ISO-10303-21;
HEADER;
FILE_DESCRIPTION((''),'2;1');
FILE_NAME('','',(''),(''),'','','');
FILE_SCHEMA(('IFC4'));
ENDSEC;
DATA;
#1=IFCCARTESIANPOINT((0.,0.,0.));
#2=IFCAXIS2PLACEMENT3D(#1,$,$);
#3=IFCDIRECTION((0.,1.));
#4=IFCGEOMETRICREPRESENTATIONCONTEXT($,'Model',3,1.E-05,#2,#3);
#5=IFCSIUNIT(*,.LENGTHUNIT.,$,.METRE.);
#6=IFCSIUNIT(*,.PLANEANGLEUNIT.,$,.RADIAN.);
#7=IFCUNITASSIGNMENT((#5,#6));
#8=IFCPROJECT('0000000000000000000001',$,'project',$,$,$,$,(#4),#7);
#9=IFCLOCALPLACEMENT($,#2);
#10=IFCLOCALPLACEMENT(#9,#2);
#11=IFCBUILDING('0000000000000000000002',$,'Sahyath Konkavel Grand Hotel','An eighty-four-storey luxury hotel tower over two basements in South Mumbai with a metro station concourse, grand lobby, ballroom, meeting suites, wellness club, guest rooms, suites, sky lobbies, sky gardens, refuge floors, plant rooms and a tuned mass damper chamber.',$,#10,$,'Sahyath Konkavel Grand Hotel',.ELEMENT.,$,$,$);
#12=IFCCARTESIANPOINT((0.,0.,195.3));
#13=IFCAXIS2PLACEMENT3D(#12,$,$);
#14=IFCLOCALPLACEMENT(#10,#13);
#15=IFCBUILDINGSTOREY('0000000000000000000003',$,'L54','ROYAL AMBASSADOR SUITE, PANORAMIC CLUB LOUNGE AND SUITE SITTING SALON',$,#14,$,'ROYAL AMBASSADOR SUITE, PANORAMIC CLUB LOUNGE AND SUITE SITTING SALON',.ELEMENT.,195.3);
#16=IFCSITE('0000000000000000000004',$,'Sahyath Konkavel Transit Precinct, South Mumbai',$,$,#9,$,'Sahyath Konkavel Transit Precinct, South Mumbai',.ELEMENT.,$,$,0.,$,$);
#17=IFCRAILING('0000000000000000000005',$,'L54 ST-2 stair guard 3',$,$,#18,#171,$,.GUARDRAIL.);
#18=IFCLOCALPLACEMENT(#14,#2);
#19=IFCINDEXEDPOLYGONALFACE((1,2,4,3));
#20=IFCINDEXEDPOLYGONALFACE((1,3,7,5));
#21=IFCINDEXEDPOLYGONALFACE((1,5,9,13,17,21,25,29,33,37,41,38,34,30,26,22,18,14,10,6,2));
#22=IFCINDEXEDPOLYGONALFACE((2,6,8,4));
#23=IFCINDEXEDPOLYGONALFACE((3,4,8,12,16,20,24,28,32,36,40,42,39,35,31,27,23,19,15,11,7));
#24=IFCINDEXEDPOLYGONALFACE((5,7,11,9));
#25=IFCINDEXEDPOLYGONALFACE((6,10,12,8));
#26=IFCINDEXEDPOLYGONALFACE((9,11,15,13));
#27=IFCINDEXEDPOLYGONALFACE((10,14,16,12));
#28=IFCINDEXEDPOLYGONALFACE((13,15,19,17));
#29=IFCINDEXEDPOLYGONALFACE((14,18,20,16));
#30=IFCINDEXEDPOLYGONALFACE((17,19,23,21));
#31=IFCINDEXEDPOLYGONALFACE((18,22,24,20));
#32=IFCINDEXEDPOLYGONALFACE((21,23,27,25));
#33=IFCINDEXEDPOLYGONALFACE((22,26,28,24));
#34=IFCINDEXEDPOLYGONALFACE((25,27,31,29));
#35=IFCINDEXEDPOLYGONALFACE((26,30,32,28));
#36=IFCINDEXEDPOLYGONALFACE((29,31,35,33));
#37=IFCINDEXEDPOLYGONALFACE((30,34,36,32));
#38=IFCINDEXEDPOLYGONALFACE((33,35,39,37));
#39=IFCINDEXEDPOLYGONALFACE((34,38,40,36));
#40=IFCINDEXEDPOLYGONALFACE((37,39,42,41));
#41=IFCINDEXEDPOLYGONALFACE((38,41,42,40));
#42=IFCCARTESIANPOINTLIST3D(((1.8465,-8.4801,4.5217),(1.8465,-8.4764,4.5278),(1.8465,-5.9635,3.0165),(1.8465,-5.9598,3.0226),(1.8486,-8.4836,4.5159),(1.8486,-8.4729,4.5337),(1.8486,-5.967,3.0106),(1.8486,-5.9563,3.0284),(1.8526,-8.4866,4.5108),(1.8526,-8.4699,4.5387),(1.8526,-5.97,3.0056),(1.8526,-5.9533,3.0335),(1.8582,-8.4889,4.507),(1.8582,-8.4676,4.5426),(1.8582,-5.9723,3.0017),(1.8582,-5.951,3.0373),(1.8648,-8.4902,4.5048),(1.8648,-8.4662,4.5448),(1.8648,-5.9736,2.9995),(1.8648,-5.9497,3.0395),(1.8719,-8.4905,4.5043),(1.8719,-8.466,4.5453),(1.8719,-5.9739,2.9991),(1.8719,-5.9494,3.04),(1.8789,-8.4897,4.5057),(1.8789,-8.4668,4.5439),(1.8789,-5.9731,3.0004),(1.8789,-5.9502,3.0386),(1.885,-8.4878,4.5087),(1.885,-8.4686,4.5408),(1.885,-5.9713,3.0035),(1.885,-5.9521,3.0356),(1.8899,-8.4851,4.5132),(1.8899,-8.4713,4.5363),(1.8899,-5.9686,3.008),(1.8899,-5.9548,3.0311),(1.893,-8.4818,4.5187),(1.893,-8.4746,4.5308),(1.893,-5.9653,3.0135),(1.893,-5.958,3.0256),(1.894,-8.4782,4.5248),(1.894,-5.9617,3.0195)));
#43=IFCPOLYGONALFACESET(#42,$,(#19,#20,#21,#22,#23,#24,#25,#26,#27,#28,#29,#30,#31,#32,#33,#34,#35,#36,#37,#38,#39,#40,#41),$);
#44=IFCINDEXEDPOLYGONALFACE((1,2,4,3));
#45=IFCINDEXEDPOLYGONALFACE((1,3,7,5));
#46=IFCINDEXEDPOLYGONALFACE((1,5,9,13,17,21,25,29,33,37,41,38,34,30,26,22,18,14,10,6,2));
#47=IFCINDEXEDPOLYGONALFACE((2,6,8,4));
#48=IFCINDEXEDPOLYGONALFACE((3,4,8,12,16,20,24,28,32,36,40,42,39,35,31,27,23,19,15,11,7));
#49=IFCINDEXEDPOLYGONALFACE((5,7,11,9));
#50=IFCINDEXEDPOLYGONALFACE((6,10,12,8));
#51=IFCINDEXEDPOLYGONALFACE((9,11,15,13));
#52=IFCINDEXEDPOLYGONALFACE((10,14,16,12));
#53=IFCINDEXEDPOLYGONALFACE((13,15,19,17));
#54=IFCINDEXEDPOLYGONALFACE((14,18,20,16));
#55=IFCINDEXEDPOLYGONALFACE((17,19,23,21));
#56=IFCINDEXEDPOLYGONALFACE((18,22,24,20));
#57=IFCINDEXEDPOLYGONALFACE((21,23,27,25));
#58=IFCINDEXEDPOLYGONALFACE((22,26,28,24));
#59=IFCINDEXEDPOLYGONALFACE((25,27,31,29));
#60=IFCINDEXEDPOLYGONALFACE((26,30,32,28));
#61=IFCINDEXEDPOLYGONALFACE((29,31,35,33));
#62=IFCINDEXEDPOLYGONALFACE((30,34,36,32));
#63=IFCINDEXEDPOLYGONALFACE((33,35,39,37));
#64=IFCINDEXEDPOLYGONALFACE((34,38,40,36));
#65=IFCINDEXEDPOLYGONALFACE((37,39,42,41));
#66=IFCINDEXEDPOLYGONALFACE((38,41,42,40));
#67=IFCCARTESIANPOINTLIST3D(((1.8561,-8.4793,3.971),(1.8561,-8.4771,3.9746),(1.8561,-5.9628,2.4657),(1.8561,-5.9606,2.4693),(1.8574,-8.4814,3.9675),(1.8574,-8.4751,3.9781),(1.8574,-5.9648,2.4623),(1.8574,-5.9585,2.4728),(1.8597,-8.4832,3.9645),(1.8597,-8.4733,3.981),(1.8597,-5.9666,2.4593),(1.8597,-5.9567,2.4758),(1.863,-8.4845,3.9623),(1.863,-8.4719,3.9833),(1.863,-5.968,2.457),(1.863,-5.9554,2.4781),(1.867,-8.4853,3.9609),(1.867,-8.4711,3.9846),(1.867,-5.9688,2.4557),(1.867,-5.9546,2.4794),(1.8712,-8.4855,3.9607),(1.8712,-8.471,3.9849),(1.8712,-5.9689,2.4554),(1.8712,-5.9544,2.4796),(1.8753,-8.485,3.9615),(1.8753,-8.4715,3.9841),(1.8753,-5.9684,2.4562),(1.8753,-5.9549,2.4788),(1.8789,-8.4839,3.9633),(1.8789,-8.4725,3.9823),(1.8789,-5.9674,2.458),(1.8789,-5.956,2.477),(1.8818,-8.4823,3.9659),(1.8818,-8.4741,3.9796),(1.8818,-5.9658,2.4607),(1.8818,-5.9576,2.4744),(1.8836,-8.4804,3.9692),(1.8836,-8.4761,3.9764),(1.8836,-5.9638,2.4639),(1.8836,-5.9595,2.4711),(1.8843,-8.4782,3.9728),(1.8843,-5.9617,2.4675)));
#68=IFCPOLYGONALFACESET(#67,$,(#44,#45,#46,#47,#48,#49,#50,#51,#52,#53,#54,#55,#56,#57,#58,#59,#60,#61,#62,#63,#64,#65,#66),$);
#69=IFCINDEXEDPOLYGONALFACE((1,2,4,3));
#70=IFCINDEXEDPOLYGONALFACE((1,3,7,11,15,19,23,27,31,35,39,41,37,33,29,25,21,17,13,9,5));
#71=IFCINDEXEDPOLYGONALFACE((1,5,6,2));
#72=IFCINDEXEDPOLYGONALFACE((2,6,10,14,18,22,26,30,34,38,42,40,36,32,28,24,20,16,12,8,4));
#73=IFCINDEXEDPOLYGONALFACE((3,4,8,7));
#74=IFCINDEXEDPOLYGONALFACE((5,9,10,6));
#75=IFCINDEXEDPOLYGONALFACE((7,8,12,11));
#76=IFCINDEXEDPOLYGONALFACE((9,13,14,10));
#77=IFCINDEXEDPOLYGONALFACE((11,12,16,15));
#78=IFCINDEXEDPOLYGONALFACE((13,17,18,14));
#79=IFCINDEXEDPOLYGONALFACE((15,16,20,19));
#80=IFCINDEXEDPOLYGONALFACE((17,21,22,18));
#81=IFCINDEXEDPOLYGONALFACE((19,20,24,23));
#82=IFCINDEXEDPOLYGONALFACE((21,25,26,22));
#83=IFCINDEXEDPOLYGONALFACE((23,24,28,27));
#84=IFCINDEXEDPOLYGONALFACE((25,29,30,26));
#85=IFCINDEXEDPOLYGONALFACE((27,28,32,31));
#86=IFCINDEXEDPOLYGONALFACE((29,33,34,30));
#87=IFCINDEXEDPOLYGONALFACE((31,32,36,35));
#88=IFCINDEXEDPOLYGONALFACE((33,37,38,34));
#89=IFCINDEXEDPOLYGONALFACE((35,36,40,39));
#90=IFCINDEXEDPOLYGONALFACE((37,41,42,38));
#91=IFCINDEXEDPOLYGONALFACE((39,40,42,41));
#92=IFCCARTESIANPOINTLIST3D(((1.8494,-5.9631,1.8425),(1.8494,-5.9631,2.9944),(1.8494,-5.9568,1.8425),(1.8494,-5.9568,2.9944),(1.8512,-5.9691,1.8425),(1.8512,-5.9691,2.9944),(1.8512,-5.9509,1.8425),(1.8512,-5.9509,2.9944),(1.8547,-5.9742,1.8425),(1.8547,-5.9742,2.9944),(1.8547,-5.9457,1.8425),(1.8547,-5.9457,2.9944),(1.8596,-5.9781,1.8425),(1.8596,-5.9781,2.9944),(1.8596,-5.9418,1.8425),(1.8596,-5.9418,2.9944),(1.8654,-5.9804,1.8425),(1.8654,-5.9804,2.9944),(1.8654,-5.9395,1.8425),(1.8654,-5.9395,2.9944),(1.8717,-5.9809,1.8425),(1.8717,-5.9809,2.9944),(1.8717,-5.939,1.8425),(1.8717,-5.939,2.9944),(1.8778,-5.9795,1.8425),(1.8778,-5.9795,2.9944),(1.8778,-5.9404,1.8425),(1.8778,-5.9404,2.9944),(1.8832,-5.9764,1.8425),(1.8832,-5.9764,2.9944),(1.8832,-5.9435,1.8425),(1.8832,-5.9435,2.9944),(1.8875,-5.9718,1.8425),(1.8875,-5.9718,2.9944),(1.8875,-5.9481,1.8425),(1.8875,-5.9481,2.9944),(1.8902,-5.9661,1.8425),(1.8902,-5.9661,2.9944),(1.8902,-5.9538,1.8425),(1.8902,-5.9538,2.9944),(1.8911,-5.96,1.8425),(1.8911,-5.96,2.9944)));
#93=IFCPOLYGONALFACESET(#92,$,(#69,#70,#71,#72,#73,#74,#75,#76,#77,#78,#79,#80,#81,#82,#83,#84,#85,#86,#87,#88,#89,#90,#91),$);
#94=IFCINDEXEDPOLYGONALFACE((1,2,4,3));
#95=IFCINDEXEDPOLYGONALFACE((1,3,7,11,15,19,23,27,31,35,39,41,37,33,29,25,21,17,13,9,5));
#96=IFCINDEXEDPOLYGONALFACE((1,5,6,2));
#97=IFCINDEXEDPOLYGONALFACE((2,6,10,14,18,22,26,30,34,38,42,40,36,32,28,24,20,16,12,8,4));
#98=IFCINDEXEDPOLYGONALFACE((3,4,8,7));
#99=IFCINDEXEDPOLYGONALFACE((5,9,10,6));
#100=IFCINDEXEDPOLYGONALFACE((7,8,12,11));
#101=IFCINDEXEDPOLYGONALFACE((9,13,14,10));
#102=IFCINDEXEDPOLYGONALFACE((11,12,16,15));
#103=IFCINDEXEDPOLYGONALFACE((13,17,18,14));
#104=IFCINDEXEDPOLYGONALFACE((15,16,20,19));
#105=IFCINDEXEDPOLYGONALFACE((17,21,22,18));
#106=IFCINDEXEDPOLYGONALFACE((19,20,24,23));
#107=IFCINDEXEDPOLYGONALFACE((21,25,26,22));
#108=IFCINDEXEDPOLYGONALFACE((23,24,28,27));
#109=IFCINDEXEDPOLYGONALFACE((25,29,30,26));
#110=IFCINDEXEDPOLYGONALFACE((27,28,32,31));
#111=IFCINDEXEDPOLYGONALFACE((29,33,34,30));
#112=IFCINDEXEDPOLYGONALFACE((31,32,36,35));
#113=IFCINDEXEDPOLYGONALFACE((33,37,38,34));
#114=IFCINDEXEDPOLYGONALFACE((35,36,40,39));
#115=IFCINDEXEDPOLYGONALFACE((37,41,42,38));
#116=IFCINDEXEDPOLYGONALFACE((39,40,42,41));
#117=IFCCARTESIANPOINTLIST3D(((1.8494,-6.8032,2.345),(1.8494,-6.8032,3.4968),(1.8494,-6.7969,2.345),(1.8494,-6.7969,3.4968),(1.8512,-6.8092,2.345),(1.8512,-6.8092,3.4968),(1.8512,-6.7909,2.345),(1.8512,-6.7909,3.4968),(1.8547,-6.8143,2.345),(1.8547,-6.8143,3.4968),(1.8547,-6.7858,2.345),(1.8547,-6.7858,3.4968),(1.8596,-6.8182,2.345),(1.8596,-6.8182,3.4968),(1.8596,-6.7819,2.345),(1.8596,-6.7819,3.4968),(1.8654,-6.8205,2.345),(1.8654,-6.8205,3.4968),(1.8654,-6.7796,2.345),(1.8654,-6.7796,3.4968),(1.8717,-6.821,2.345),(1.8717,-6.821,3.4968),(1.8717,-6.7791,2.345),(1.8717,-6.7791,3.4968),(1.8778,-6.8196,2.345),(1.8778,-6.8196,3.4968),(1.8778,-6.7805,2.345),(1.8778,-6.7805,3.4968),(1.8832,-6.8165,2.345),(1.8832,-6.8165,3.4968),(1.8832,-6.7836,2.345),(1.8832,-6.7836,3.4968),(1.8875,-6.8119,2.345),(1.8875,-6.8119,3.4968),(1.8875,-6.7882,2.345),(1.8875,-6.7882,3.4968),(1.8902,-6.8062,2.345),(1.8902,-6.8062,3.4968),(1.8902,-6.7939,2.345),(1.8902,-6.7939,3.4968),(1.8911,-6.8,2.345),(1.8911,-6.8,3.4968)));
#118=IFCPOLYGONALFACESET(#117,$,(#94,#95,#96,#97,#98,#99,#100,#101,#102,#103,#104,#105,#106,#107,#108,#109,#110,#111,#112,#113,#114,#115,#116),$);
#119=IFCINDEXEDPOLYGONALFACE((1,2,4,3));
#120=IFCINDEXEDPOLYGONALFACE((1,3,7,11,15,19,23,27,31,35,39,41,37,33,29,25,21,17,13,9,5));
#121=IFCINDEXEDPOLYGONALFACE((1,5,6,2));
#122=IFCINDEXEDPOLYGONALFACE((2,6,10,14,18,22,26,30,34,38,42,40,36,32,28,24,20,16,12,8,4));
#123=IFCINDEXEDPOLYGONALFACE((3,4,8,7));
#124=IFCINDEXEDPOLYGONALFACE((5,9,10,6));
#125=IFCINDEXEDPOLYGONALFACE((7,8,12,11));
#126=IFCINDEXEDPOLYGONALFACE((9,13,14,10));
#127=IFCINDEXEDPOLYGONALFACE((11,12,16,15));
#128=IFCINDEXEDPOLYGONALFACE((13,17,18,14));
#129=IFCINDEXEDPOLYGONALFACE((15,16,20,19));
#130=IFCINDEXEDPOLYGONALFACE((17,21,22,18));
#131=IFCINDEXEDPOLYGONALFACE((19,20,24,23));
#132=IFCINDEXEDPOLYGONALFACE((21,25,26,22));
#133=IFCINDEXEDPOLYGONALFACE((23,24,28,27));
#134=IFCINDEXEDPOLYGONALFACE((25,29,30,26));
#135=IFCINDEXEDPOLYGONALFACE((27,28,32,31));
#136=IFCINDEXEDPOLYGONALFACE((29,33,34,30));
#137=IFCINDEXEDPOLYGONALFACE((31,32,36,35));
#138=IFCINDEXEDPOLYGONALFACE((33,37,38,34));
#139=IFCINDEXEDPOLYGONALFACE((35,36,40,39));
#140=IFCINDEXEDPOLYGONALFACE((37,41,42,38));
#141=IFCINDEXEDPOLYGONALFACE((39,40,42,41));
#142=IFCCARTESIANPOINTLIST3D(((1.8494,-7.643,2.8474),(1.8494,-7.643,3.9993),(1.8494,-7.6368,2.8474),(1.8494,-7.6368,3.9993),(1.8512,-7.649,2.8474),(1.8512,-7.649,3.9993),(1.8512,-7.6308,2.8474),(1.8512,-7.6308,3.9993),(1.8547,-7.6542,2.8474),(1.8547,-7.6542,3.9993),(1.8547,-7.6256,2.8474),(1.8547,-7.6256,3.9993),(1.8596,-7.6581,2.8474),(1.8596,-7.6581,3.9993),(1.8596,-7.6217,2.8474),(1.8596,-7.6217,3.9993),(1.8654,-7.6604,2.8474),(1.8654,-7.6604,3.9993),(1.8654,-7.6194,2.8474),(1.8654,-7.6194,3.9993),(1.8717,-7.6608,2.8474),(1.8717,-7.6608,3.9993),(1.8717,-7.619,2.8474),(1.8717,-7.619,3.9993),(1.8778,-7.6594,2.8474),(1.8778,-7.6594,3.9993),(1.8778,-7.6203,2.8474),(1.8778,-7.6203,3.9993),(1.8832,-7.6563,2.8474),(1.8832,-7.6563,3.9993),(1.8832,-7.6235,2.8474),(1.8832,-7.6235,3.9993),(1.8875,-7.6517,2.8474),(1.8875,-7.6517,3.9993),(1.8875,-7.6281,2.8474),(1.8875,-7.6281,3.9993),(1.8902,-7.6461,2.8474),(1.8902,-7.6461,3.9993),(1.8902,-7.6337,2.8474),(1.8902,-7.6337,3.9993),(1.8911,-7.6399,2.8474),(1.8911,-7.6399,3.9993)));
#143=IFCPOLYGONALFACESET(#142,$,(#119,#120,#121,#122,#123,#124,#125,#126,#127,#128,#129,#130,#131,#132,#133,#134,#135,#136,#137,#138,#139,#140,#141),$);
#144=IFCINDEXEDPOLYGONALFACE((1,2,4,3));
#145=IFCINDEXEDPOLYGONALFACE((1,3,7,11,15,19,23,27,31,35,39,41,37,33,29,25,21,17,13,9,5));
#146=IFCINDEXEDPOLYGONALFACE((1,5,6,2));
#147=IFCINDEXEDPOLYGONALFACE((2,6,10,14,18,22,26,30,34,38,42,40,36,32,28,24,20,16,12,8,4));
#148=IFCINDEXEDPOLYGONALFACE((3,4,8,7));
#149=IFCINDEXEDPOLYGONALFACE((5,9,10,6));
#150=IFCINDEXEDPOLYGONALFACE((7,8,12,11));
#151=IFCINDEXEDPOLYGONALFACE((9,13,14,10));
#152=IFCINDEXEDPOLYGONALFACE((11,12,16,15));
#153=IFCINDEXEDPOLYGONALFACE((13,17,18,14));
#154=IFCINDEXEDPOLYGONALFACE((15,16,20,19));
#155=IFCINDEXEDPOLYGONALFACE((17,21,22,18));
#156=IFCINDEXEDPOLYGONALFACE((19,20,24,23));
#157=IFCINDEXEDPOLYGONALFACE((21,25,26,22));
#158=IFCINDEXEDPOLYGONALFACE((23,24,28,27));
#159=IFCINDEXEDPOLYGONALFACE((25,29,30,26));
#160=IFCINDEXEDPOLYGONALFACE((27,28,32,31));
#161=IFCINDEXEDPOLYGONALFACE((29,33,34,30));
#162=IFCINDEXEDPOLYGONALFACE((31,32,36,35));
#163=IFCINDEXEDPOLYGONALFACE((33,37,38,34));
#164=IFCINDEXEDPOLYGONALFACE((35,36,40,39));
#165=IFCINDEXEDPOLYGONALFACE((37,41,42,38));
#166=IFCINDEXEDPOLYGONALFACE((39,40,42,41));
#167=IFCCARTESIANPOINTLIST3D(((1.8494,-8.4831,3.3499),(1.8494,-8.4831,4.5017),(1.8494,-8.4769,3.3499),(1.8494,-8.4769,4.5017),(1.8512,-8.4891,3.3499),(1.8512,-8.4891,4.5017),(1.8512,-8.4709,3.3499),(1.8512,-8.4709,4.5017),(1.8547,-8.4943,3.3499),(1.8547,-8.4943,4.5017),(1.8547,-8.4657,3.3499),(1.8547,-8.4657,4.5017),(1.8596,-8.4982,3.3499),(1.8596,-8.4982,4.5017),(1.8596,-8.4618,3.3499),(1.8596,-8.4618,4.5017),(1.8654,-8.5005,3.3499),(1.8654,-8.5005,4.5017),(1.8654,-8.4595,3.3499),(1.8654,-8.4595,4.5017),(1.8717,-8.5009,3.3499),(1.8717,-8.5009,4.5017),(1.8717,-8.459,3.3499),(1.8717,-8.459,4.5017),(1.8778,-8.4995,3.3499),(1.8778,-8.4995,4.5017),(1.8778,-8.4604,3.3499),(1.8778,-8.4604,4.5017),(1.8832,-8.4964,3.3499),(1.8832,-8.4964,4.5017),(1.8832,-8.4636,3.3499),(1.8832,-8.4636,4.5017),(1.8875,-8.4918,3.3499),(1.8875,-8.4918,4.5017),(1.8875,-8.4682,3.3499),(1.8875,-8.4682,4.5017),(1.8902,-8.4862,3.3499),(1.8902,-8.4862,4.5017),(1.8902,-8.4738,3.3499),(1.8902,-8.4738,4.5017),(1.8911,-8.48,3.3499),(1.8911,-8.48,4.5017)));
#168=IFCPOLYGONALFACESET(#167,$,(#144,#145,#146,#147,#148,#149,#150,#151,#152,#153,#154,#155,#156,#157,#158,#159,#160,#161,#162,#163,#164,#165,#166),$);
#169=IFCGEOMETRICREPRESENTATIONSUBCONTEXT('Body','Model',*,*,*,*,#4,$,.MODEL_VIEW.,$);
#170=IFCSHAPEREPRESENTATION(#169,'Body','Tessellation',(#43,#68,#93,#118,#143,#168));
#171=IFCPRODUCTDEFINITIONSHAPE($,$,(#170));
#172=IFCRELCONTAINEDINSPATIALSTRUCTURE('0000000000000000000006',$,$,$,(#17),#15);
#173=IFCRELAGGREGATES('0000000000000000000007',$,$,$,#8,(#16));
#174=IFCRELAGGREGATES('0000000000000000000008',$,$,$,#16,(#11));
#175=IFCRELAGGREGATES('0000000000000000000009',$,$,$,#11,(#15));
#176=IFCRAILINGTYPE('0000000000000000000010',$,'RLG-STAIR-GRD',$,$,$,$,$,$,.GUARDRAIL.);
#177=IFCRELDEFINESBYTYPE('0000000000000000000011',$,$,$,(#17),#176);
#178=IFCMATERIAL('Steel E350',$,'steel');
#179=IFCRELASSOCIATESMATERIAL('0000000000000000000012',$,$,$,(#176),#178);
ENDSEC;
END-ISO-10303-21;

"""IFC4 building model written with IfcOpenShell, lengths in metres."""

from ifc_helpers import new_model, si_unit, direction, frame, origin, origin_2d, place, context, subcontext, project, spatial, circle, extrude, material, type_object, element, save


model = new_model("IFC4")

# Units and contexts
model_context = context("Model", 3, precision=1e-05, world=origin(), true_north=direction((0.0, 1.0)))
body_context = subcontext(model_context, "Body", "Model", "MODEL_VIEW")
ifc_project = project(units=[si_unit("LENGTHUNIT", "METRE"), si_unit("PLANEANGLEUNIT", "RADIAN")], contexts=[model_context])

# Site, building, storey
site_placement = place(None, origin())
site = spatial("IfcSite", under=ifc_project, at=site_placement, Name="Sahyath Konkavel Transit Precinct, South Mumbai", LongName="Sahyath Konkavel Transit Precinct, South Mumbai", CompositionType="ELEMENT", RefElevation=0.0)
building_placement = place(site_placement, origin())
building = spatial("IfcBuilding", under=site, at=building_placement, Name="Sahyath Konkavel Grand Hotel", Description="An eighty-four-storey luxury hotel tower over two basements in South Mumbai with a metro station concourse, grand lobby, ballroom, meeting suites, wellness club, guest rooms, suites, sky lobbies, sky gardens, refuge floors, plant rooms and a tuned mass damper chamber.", LongName="Sahyath Konkavel Grand Hotel", CompositionType="ELEMENT")
storey_placement = place(building_placement, frame((0.0, 0.0, 195.3)))
storey = spatial("IfcBuildingStorey", under=building, at=storey_placement, Name="L54", Description="ROYAL AMBASSADOR SUITE, PANORAMIC CLUB LOUNGE AND SUITE SITTING SALON", LongName="ROYAL AMBASSADOR SUITE, PANORAMIC CLUB LOUNGE AND SUITE SITTING SALON", CompositionType="ELEMENT", Elevation=195.3)

# Shared definitions
ifc_material_1 = material(Name="Steel E350", Category="steel")

# Railing
railing_type_1 = type_object("IfcRailingType", Name="RLG-STAIR-GRD", PredefinedType="GUARDRAIL", material=ifc_material_1)
railing_1_placement = place(storey_placement, frame((1.8701, -5.96, 1.8425)))
element("IfcRailing", 1, at=railing_1_placement, inside=storey, type_object=railing_type_1, Name="L54 ST-2 stair guard 3", PredefinedType="GUARDRAIL", context=body_context, shape_type="SweptSolid", body=[
    extrude(circle(Radius=0.0239, at=origin_2d()), frame((0.0, -0.0017, 1.177), z_axis=(0.0, -0.858196, 0.513321), x_axis=(1.0, 0.0, 0.0)), (0.0, 0.0, 1.0), 2.9324),
    extrude(circle(Radius=0.0142, at=origin_2d()), frame((0.0, -0.0017, 0.625), z_axis=(0.0, -0.858196, 0.513321), x_axis=(1.0, 0.0, 0.0)), (0.0, 0.0, 1.0), 2.9324),
    extrude(circle(Radius=0.021, at=origin_2d()), origin(), (0.0, 0.0, 1.0), 1.1519),
    extrude(circle(Radius=0.021, at=origin_2d()), frame((0.0, -0.8401, 0.5024)), (0.0, 0.0, 1.0), 1.1519),
    extrude(circle(Radius=0.021, at=origin_2d()), frame((0.0, -1.6799, 1.0049)), (0.0, 0.0, 1.0), 1.1519),
    extrude(circle(Radius=0.021, at=origin_2d()), frame((0.0, -2.52, 1.5073)), (0.0, 0.0, 1.0), 1.1519),
])

save(model, "model.ifc")
